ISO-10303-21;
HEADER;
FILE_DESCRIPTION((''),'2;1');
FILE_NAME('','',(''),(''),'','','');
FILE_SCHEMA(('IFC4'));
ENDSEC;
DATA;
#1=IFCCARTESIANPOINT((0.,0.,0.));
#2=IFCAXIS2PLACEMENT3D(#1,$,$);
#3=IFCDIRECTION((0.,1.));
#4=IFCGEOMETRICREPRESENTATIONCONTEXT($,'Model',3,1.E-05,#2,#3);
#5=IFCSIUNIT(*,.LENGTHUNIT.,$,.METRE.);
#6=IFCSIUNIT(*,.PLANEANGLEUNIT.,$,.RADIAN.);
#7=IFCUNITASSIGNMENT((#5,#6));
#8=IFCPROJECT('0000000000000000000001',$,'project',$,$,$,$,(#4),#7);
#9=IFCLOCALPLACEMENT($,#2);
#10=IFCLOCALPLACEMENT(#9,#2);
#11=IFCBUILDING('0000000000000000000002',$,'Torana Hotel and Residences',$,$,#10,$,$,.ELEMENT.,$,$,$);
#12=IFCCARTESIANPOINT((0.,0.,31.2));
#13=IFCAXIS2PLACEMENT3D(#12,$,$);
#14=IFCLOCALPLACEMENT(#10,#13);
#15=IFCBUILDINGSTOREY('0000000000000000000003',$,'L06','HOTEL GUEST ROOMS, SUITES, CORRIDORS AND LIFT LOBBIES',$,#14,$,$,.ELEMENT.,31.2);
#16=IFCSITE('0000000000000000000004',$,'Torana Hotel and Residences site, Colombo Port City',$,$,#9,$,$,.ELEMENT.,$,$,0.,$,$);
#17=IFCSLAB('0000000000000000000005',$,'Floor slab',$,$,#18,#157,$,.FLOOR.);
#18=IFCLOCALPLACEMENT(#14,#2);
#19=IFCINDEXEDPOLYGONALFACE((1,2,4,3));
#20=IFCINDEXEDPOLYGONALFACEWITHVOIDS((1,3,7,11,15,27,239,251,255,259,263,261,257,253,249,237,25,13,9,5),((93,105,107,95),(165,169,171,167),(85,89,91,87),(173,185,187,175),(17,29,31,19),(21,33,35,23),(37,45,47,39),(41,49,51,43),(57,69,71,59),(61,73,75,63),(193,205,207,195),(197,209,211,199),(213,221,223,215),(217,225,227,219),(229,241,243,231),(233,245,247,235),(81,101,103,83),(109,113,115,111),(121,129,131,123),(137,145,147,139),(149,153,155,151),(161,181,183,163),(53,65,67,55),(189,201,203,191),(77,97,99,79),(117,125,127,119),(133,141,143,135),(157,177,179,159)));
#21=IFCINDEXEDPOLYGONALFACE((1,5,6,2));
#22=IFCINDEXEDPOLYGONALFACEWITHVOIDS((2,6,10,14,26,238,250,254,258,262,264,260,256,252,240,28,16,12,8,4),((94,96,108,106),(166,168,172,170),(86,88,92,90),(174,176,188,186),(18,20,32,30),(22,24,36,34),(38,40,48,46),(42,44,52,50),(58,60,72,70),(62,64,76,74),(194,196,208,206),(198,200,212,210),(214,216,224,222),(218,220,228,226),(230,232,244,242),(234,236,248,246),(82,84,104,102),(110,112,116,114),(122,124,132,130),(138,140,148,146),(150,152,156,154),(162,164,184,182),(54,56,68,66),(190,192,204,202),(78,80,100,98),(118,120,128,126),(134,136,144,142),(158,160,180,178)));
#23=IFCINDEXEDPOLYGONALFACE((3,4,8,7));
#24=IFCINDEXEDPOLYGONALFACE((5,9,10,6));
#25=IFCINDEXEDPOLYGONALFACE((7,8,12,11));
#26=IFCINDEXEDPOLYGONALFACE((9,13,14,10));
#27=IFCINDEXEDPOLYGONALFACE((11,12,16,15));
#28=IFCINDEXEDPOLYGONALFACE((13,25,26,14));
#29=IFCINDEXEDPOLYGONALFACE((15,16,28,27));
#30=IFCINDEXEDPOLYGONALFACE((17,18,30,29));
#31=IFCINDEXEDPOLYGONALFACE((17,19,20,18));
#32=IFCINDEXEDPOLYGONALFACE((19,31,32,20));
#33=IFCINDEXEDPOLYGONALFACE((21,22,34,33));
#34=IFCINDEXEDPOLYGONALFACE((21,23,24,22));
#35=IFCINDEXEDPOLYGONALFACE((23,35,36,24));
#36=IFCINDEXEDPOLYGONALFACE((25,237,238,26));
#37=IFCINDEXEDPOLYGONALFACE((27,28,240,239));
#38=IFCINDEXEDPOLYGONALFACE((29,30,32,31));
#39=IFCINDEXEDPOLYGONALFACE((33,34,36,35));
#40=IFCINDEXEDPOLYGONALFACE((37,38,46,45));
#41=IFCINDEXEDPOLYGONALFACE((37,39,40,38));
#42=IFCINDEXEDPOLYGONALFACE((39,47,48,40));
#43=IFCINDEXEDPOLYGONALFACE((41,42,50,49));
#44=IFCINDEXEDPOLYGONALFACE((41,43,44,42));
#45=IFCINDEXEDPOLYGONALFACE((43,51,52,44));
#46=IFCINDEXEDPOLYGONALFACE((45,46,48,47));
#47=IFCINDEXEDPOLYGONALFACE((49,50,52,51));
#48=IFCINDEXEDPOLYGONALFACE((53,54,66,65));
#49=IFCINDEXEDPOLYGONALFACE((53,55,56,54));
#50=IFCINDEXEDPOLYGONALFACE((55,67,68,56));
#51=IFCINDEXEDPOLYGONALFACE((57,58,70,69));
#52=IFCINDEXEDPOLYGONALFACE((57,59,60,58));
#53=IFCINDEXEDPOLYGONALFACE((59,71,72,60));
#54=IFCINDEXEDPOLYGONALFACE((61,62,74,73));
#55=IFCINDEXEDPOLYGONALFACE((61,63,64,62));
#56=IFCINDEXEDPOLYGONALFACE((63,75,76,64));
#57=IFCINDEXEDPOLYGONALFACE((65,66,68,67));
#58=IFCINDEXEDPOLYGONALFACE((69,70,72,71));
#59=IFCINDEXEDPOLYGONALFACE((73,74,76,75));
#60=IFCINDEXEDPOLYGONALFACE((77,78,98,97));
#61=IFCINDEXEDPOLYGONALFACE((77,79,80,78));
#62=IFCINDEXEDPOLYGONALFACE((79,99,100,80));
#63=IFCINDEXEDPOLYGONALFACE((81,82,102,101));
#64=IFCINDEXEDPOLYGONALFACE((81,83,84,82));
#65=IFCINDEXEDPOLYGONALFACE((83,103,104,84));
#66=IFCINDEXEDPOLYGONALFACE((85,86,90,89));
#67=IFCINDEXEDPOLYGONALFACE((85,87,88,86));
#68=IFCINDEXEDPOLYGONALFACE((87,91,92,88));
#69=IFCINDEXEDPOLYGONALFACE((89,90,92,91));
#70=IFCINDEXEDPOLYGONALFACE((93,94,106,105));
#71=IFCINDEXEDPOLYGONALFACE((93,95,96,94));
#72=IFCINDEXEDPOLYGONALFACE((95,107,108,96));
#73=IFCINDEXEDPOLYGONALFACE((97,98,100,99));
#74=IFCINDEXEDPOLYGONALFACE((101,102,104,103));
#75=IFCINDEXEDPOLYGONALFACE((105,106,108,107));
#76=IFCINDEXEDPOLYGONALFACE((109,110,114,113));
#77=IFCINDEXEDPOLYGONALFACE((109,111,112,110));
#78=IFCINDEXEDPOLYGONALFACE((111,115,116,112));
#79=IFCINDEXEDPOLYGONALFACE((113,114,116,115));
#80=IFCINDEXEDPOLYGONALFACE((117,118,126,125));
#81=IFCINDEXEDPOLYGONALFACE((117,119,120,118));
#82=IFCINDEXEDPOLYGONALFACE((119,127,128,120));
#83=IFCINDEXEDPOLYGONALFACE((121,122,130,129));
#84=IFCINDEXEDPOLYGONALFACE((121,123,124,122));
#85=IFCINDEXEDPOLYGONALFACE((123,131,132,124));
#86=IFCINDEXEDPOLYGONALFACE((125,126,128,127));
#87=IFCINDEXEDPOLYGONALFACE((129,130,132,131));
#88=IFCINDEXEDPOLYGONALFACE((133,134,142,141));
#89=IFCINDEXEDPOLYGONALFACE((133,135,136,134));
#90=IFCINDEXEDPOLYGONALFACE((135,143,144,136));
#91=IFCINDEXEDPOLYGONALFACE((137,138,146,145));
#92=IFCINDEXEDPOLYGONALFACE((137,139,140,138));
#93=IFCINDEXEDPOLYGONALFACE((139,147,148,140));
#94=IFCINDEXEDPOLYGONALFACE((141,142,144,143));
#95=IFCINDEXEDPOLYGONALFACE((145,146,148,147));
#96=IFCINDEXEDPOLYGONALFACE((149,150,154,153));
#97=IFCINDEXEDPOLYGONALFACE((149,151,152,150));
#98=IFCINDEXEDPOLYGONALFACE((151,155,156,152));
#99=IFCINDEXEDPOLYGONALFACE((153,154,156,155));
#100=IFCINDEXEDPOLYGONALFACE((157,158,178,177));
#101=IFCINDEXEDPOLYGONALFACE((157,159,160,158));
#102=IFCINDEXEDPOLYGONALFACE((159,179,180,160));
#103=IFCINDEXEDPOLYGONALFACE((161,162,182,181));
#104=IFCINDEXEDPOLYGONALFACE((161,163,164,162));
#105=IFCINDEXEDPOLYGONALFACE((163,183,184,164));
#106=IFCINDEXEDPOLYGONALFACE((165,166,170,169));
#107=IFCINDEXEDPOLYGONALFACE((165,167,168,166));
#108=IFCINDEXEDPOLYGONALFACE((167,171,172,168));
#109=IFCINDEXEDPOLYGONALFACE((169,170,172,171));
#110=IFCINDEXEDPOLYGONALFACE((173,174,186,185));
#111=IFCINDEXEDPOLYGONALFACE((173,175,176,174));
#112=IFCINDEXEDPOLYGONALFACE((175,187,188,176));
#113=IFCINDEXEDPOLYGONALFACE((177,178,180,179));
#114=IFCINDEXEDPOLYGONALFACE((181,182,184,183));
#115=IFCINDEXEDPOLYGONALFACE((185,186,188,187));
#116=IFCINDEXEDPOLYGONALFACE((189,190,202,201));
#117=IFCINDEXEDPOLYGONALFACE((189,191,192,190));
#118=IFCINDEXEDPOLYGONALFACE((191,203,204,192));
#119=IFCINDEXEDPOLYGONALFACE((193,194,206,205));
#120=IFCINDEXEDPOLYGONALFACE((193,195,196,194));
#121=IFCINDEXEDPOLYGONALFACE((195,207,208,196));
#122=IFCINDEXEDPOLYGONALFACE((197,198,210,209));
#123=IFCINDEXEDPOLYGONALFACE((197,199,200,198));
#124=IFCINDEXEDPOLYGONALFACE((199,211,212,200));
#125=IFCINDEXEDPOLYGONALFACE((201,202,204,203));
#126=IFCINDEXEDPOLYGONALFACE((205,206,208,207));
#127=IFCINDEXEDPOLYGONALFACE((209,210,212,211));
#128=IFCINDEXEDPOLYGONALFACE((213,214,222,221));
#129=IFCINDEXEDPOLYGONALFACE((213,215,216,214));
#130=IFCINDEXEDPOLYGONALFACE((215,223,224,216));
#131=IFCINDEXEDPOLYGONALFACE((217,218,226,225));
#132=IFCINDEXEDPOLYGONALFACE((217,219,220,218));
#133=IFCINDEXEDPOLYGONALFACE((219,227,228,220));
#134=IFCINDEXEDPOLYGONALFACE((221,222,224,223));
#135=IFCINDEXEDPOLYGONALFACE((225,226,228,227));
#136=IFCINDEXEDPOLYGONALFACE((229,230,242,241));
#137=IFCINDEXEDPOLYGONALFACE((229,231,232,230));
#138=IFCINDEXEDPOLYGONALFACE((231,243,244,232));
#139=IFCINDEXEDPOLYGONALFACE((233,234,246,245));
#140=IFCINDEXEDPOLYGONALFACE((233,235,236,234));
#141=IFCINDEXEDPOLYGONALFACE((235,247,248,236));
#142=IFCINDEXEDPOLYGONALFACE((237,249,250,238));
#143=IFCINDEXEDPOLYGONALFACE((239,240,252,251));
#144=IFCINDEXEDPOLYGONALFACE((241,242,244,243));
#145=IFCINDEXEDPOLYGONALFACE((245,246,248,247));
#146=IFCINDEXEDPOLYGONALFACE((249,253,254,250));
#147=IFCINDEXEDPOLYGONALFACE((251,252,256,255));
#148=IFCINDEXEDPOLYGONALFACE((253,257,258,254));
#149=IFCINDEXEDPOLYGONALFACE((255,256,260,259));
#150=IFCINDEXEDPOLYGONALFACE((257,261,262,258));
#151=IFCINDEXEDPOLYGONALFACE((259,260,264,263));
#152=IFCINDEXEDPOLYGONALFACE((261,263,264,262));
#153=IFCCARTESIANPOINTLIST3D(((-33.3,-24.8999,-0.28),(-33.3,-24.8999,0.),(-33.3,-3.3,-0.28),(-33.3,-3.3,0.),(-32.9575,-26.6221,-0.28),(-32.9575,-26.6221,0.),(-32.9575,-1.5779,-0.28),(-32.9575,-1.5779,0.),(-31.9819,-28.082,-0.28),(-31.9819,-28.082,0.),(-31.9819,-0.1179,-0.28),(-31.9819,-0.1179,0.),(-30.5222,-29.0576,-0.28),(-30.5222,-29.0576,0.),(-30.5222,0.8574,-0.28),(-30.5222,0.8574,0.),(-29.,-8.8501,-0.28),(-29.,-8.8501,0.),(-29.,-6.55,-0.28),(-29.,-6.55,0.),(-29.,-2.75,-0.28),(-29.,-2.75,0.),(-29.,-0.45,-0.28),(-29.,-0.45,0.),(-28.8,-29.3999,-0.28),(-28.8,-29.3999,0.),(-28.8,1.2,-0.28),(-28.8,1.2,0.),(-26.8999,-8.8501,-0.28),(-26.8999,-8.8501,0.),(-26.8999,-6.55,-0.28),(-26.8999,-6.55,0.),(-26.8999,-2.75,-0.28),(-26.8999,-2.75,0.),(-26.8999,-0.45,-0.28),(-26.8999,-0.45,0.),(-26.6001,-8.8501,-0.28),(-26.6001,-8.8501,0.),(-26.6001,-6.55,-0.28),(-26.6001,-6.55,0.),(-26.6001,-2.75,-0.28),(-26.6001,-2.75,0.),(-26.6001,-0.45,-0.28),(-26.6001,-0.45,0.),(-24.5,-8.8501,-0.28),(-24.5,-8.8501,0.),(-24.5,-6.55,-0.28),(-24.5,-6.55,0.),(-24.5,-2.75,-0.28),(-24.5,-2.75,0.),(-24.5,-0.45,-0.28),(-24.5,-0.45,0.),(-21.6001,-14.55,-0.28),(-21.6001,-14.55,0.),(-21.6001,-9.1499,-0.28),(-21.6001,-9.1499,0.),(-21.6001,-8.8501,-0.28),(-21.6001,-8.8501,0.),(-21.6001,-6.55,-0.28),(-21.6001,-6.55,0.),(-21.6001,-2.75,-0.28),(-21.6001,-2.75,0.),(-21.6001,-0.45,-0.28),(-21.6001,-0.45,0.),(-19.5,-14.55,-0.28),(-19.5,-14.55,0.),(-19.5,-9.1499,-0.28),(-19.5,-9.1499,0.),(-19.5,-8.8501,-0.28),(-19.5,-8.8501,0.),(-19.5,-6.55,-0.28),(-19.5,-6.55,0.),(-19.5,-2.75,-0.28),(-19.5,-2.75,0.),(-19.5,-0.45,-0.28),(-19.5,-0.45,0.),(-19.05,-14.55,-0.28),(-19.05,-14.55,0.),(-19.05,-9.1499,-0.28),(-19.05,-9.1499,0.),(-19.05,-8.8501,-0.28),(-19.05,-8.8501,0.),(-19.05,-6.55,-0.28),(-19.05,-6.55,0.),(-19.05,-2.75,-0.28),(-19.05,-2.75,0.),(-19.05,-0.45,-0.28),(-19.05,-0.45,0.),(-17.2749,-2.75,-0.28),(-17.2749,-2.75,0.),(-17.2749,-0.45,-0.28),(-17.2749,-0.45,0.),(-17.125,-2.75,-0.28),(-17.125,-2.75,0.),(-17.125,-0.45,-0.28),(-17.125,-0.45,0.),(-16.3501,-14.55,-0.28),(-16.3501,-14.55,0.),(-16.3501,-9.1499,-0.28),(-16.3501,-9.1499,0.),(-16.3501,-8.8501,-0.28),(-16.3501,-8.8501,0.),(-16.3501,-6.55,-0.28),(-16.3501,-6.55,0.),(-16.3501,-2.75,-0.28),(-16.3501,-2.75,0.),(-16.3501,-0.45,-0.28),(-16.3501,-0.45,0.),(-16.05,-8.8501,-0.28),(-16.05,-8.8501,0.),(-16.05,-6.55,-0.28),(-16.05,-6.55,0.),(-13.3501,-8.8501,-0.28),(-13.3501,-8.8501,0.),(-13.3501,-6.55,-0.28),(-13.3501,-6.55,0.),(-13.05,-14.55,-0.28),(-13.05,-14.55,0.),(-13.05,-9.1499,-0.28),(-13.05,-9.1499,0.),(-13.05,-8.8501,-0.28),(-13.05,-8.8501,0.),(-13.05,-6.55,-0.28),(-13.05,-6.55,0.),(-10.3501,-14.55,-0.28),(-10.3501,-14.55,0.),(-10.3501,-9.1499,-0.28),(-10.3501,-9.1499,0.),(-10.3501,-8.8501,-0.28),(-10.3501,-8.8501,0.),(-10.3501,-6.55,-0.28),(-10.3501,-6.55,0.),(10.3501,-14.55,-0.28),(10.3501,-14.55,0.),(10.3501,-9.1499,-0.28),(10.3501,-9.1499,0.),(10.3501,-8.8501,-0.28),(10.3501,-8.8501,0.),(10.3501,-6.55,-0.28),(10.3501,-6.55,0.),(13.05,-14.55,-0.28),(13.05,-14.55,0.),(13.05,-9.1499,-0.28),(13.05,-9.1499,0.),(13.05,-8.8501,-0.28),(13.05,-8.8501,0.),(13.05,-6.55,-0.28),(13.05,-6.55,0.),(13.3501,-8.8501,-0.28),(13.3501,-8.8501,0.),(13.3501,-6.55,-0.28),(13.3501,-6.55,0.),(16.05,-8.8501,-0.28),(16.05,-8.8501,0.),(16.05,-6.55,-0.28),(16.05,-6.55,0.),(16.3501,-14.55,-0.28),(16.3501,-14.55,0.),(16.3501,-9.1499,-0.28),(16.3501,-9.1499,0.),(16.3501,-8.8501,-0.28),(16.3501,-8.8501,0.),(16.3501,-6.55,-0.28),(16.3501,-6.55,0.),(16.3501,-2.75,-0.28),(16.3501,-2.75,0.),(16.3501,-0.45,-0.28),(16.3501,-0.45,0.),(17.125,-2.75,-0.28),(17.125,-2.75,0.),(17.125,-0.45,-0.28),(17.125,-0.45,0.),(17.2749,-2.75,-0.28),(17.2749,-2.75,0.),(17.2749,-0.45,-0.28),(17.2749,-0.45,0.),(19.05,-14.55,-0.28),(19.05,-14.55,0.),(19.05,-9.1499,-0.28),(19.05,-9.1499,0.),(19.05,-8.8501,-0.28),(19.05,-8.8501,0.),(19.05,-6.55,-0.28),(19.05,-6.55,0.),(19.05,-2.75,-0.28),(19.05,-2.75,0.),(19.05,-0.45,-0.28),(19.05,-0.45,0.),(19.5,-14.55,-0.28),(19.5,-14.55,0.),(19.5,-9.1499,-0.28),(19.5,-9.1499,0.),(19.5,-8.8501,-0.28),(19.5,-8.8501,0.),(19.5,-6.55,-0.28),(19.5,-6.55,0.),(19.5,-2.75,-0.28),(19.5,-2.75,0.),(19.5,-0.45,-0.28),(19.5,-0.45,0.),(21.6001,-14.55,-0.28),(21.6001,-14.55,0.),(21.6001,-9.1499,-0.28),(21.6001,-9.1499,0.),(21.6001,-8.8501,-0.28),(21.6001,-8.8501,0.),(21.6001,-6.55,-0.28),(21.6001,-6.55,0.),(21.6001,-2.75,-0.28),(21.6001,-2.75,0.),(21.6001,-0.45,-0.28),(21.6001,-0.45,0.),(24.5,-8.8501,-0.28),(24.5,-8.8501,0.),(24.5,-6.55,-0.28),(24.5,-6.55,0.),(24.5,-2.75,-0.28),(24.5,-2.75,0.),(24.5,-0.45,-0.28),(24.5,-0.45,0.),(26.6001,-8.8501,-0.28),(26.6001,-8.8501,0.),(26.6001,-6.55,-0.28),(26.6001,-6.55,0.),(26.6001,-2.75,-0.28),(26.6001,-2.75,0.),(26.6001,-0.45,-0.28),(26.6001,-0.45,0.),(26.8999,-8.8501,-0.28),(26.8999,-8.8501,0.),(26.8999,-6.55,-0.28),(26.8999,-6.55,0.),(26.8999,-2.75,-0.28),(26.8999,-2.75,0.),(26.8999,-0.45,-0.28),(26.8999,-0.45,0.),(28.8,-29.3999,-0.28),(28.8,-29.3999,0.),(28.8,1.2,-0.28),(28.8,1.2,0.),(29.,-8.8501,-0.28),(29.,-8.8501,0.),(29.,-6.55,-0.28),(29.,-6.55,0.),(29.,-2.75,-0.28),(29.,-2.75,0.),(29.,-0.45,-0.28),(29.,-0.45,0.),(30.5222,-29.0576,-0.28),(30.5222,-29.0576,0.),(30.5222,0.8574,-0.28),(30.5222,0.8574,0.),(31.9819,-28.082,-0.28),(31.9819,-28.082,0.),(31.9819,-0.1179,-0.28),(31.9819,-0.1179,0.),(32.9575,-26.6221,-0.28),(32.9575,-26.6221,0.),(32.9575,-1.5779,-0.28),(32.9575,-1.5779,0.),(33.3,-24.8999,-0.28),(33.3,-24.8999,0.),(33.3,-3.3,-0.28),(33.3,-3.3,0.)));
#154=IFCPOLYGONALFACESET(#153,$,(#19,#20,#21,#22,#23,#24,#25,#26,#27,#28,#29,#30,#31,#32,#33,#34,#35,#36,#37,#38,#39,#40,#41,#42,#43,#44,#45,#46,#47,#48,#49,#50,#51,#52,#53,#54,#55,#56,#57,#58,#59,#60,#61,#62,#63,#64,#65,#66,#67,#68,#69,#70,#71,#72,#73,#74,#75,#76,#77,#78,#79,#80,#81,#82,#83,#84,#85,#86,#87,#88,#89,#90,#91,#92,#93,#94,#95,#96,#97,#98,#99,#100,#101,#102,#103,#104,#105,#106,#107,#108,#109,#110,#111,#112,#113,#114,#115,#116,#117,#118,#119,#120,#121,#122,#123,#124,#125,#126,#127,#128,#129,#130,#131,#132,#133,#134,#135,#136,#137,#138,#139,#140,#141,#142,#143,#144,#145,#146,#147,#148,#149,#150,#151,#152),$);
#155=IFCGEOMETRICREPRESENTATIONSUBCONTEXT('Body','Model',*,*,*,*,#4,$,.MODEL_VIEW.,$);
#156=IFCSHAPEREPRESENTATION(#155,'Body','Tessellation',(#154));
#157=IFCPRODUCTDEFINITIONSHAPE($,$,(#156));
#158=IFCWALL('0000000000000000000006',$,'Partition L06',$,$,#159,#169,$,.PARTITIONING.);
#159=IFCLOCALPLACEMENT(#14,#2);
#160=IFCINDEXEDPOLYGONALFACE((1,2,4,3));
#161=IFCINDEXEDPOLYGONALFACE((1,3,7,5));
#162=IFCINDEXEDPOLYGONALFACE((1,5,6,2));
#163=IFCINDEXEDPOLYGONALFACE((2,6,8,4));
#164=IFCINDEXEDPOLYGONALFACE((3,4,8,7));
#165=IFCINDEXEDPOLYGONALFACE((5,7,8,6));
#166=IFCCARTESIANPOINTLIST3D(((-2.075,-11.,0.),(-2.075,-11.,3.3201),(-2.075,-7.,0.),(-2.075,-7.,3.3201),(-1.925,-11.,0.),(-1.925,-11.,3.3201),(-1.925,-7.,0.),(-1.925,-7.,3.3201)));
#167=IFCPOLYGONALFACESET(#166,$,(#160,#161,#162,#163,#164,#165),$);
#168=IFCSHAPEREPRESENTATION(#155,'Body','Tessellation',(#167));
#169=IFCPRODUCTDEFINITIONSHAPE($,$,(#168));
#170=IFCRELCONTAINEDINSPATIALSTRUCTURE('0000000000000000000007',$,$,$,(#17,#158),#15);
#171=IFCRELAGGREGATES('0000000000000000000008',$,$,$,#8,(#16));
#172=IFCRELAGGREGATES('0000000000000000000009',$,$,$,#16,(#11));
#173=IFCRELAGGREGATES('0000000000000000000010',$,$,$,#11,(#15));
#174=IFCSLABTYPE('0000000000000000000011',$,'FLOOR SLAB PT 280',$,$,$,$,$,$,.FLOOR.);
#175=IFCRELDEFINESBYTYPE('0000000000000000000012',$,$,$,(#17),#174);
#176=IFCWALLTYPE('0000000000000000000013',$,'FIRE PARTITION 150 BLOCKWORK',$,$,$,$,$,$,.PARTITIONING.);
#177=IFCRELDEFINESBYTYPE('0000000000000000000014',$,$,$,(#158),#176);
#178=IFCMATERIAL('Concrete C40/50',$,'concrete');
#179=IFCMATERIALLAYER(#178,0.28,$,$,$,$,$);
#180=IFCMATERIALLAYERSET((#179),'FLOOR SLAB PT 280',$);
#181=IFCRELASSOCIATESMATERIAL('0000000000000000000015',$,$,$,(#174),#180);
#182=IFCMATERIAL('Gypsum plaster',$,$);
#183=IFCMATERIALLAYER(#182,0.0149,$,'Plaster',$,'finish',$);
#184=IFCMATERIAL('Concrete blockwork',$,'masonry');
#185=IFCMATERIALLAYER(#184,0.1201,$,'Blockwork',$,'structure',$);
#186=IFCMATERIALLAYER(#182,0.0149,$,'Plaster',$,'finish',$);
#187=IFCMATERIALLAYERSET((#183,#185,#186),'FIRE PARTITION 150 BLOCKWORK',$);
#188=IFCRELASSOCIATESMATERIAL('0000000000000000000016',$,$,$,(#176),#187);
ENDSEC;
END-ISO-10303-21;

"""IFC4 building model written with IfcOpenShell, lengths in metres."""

from ifc_helpers import new_model, si_unit, direction, frame, frame_2d, origin, place, context, subcontext, project, spatial, polyline, rectangle, outline, extrude, material, layer, layer_set, type_object, element, save


model = new_model("IFC4")

# Units and contexts
model_context = context("Model", 3, precision=1e-05, world=origin(), true_north=direction((0.0, 1.0)))
body_context = subcontext(model_context, "Body", "Model", "MODEL_VIEW")
ifc_project = project(units=[si_unit("LENGTHUNIT", "METRE"), si_unit("PLANEANGLEUNIT", "RADIAN")], contexts=[model_context])

# Site, building, storey
site_placement = place(None, origin())
site = spatial("IfcSite", under=ifc_project, at=site_placement, Name="Torana Hotel and Residences site, Colombo Port City", CompositionType="ELEMENT", RefElevation=0.0)
building_placement = place(site_placement, origin())
building = spatial("IfcBuilding", under=site, at=building_placement, Name="Torana Hotel and Residences", CompositionType="ELEMENT")
storey_placement = place(building_placement, frame((0.0, 0.0, 31.2)))
storey = spatial("IfcBuildingStorey", under=building, at=storey_placement, Name="L06", Description="HOTEL GUEST ROOMS, SUITES, CORRIDORS AND LIFT LOBBIES", CompositionType="ELEMENT", Elevation=31.2)

# Slab
ifc_material_1 = material(Name="Concrete C40/50", Category="concrete")
ifc_layer_1 = layer(ifc_material_1, 0.28)
ifc_layer_set_1 = layer_set([ifc_layer_1], Name="FLOOR SLAB PT 280")
slab_type_1 = type_object("IfcSlabType", Name="FLOOR SLAB PT 280", PredefinedType="FLOOR", material=ifc_layer_set_1)
slab_1_placement = place(storey_placement, frame((0.0, 0.0, -0.28)))
element("IfcSlab", 1, at=slab_1_placement, inside=storey, type_object=slab_type_1, Name="Floor slab", PredefinedType="FLOOR", context=body_context, shape_type="SweptSolid", body=[
    extrude(outline(polyline([(33.3, -3.3), (32.9575, -1.5779), (31.9819, -0.1179), (30.5222, 0.8574), (28.8, 1.2), (-28.8, 1.2), (-30.5222, 0.8574), (-31.9819, -0.1179), (-32.9575, -1.5779), (-33.3, -3.3), (-33.3, -24.8999), (-32.9575, -26.6221), (-31.9819, -28.082), (-30.5222, -29.0576), (-28.8, -29.3999), (28.8, -29.3999), (30.5222, -29.0576), (31.9819, -28.082), (32.9575, -26.6221), (33.3, -24.8999), (33.3, -3.3)]), holes=[polyline([(-13.05, -14.55), (-10.3501, -14.55), (-10.3501, -9.1499), (-13.05, -9.1499), (-13.05, -14.55)]), polyline([(-19.05, -14.55), (-16.3501, -14.55), (-16.3501, -9.1499), (-19.05, -9.1499), (-19.05, -14.55)]), polyline([(-17.125, -2.75), (-16.3501, -2.75), (-16.3501, -0.45), (-17.125, -0.45), (-17.125, -2.75)]), polyline([(-19.05, -2.75), (-17.2749, -2.75), (-17.2749, -0.45), (-19.05, -0.45), (-19.05, -2.75)]), polyline([(-26.6001, -2.75), (-24.5, -2.75), (-24.5, -0.45), (-26.6001, -0.45), (-26.6001, -2.75)]), polyline([(-29.0, -2.75), (-26.8999, -2.75), (-26.8999, -0.45), (-29.0, -0.45), (-29.0, -2.75)]), polyline([(-26.6001, -8.8501), (-24.5, -8.8501), (-24.5, -6.55), (-26.6001, -6.55), (-26.6001, -8.8501)]), polyline([(-29.0, -8.8501), (-26.8999, -8.8501), (-26.8999, -6.55), (-29.0, -6.55), (-29.0, -8.8501)]), polyline([(-21.6001, -2.75), (-19.5, -2.75), (-19.5, -0.45), (-21.6001, -0.45), (-21.6001, -2.75)]), polyline([(-21.6001, -8.8501), (-19.5, -8.8501), (-19.5, -6.55), (-21.6001, -6.55), (-21.6001, -8.8501)]), polyline([(-13.05, -8.8501), (-10.3501, -8.8501), (-10.3501, -6.55), (-13.05, -6.55), (-13.05, -8.8501)]), polyline([(-16.05, -8.8501), (-13.3501, -8.8501), (-13.3501, -6.55), (-16.05, -6.55), (-16.05, -8.8501)]), polyline([(-19.05, -8.8501), (-16.3501, -8.8501), (-16.3501, -6.55), (-19.05, -6.55), (-19.05, -8.8501)]), polyline([(-21.6001, -14.55), (-19.5, -14.55), (-19.5, -9.1499), (-21.6001, -9.1499), (-21.6001, -14.55)]), polyline([(10.3501, -14.55), (13.05, -14.55), (13.05, -9.1499), (10.3501, -9.1499), (10.3501, -14.55)]), polyline([(16.3501, -14.55), (19.05, -14.55), (19.05, -9.1499), (16.3501, -9.1499), (16.3501, -14.55)]), polyline([(16.3501, -2.75), (17.125, -2.75), (17.125, -0.45), (16.3501, -0.45), (16.3501, -2.75)]), polyline([(17.2749, -2.75), (19.05, -2.75), (19.05, -0.45), (17.2749, -0.45), (17.2749, -2.75)]), polyline([(24.5, -2.75), (26.6001, -2.75), (26.6001, -0.45), (24.5, -0.45), (24.5, -2.75)]), polyline([(26.8999, -2.75), (29.0, -2.75), (29.0, -0.45), (26.8999, -0.45), (26.8999, -2.75)]), polyline([(24.5, -8.8501), (26.6001, -8.8501), (26.6001, -6.55), (24.5, -6.55), (24.5, -8.8501)]), polyline([(26.8999, -8.8501), (29.0, -8.8501), (29.0, -6.55), (26.8999, -6.55), (26.8999, -8.8501)]), polyline([(19.5, -2.75), (21.6001, -2.75), (21.6001, -0.45), (19.5, -0.45), (19.5, -2.75)]), polyline([(19.5, -8.8501), (21.6001, -8.8501), (21.6001, -6.55), (19.5, -6.55), (19.5, -8.8501)]), polyline([(10.3501, -8.8501), (13.05, -8.8501), (13.05, -6.55), (10.3501, -6.55), (10.3501, -8.8501)]), polyline([(13.3501, -8.8501), (16.05, -8.8501), (16.05, -6.55), (13.3501, -6.55), (13.3501, -8.8501)]), polyline([(16.3501, -8.8501), (19.05, -8.8501), (19.05, -6.55), (16.3501, -6.55), (16.3501, -8.8501)]), polyline([(19.5, -14.55), (21.6001, -14.55), (21.6001, -9.1499), (19.5, -9.1499), (19.5, -14.55)])]), origin(), (0.0, 0.0, 1.0), 0.28),
])

# Wall
ifc_material_2 = material(Name="Gypsum plaster")
ifc_layer_2 = layer(ifc_material_2, 0.0149, Name="Plaster", Category="finish")
ifc_material_3 = material(Name="Concrete blockwork", Category="masonry")
ifc_layer_3 = layer(ifc_material_3, 0.1201, Name="Blockwork", Category="structure")
ifc_layer_4 = layer(ifc_material_2, 0.0149, Name="Plaster", Category="finish")
ifc_layer_set_2 = layer_set([ifc_layer_2, ifc_layer_3, ifc_layer_4], Name="FIRE PARTITION 150 BLOCKWORK")
wall_type_1 = type_object("IfcWallType", Name="FIRE PARTITION 150 BLOCKWORK", PredefinedType="PARTITIONING", material=ifc_layer_set_2)
wall_1_placement = place(storey_placement, frame((-2.0, -11.0, 0.0), z_axis=(0.0, 0.0, 1.0), x_axis=(0.0, 1.0, 0.0)))
element("IfcWall", 2, at=wall_1_placement, inside=storey, type_object=wall_type_1, Name="Partition L06", PredefinedType="PARTITIONING", context=body_context, shape_type="SweptSolid", body=[
    extrude(rectangle(XDim=4.0, YDim=0.1499, at=frame_2d((2.0, 0.0))), origin(), (0.0, 0.0, 1.0), 3.3201),
])

save(model, "model.ifc")
